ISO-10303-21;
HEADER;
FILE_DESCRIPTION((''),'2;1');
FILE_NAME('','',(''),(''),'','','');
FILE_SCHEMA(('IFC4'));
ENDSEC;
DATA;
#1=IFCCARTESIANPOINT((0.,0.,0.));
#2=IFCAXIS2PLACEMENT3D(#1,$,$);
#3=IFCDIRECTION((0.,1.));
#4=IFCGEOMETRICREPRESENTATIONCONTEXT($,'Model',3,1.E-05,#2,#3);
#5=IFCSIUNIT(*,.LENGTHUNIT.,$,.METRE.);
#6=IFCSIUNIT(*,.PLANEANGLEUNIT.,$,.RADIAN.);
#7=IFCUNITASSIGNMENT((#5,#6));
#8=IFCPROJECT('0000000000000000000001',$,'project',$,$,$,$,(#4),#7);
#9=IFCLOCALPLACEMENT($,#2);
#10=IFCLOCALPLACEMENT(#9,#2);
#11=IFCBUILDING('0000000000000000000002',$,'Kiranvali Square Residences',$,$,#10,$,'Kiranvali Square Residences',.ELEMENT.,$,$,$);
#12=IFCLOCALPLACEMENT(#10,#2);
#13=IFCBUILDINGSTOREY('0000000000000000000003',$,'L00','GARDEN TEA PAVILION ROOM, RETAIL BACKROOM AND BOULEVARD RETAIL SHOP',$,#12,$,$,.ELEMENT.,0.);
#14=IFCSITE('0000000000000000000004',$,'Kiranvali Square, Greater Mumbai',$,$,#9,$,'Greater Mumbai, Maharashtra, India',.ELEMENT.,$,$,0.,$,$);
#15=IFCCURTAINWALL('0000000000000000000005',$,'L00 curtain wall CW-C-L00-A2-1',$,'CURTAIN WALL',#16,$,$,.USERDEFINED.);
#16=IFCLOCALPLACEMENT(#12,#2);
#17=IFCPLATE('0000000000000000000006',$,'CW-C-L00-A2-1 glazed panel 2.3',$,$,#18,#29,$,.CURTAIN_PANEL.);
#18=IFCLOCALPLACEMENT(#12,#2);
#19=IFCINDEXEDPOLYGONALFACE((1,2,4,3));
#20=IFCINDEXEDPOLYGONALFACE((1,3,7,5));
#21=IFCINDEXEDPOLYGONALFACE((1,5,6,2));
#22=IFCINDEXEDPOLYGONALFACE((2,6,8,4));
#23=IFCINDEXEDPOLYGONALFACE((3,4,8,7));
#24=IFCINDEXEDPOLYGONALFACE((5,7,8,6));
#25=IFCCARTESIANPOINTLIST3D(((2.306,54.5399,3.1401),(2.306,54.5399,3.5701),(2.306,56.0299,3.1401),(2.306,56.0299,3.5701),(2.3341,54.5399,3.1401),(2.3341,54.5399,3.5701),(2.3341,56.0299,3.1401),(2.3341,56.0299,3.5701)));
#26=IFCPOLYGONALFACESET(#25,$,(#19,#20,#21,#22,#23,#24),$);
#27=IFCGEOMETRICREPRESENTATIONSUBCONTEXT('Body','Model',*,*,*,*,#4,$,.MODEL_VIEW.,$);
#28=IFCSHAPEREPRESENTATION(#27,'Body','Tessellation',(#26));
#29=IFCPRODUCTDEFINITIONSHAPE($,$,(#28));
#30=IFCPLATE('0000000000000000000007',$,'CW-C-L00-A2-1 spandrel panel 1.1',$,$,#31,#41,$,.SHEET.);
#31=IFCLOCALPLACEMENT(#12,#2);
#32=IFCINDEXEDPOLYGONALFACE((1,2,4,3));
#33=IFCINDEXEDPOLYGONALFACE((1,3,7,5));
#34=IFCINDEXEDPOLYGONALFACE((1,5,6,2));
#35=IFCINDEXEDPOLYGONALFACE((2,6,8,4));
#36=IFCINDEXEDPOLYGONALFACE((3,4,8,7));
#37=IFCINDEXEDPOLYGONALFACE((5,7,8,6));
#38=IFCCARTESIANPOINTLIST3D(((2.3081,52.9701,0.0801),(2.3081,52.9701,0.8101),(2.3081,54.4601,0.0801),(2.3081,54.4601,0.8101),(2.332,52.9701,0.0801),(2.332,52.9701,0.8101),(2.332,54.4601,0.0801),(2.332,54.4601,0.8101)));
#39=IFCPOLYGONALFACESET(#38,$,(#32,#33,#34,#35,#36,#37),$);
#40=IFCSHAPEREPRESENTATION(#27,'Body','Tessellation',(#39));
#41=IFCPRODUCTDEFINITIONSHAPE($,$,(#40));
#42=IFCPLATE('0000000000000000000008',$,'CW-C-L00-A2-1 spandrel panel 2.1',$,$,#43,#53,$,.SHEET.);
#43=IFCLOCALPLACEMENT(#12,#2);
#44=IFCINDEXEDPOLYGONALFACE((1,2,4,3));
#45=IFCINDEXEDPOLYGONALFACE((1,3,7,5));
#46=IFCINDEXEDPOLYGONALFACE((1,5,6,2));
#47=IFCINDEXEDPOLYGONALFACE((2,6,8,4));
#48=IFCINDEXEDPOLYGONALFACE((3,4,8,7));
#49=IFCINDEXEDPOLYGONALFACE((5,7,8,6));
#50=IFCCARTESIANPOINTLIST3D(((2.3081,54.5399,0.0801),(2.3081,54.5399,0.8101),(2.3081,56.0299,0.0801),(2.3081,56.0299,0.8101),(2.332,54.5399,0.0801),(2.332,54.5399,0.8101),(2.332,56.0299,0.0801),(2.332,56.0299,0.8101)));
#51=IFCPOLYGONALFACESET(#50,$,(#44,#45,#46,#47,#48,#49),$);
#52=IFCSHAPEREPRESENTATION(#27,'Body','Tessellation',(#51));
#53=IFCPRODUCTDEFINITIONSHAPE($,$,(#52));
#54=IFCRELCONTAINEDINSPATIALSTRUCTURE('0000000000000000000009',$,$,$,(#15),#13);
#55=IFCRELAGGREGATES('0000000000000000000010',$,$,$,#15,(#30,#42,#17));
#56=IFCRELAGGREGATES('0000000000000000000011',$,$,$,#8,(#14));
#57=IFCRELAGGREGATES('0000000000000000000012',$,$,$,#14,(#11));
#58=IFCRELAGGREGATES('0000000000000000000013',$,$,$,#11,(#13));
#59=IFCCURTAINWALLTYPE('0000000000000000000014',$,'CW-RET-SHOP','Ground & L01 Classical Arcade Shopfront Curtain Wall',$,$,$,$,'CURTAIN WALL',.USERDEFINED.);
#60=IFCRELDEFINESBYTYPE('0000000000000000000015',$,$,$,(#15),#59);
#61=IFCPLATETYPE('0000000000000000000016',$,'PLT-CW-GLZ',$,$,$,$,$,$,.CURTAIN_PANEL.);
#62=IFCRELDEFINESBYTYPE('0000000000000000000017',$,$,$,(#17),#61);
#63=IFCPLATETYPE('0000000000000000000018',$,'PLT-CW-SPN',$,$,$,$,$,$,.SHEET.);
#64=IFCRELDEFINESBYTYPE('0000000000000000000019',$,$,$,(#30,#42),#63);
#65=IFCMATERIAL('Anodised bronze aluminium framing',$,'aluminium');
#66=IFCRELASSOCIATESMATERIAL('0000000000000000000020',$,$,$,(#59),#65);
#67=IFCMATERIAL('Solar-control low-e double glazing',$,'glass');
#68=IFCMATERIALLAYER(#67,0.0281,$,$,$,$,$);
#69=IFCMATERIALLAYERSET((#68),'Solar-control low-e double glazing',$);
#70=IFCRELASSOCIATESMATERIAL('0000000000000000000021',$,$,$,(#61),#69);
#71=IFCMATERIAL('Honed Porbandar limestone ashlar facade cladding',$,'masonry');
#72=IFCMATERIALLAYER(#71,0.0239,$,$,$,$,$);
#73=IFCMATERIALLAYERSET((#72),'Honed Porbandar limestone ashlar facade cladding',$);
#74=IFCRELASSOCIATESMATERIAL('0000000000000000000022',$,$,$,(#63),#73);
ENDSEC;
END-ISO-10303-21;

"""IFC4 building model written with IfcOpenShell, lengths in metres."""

from ifc_helpers import new_model, si_unit, direction, frame, origin, origin_2d, place, context, subcontext, project, spatial, rectangle, extrude, material, layer, layer_set, type_object, element, aggregate, save


model = new_model("IFC4")

# Units and contexts
model_context = context("Model", 3, precision=1e-05, world=origin(), true_north=direction((0.0, 1.0)))
body_context = subcontext(model_context, "Body", "Model", "MODEL_VIEW")
ifc_project = project(units=[si_unit("LENGTHUNIT", "METRE"), si_unit("PLANEANGLEUNIT", "RADIAN")], contexts=[model_context])

# Site, building, storey
site_placement = place(None, origin())
site = spatial("IfcSite", under=ifc_project, at=site_placement, Name="Kiranvali Square, Greater Mumbai", LongName="Greater Mumbai, Maharashtra, India", CompositionType="ELEMENT", RefElevation=0.0)
building_placement = place(site_placement, origin())
building = spatial("IfcBuilding", under=site, at=building_placement, Name="Kiranvali Square Residences", LongName="Kiranvali Square Residences", CompositionType="ELEMENT")
storey_placement = place(building_placement, origin())
storey = spatial("IfcBuildingStorey", under=building, at=storey_placement, Name="L00", Description="GARDEN TEA PAVILION ROOM, RETAIL BACKROOM AND BOULEVARD RETAIL SHOP", CompositionType="ELEMENT", Elevation=0.0)

# Curtain wall
ifc_material_1 = material(Name="Anodised bronze aluminium framing", Category="aluminium")
curtain_wall_type = type_object("IfcCurtainWallType", Name="CW-RET-SHOP", Description="Ground & L01 Classical Arcade Shopfront Curtain Wall", ElementType="CURTAIN WALL", PredefinedType="USERDEFINED", material=ifc_material_1)
curtain_wall_placement = place(storey_placement, origin())
curtain_wall = element("IfcCurtainWall", 1, at=curtain_wall_placement, inside=storey, type_object=curtain_wall_type, Name="L00 curtain wall CW-C-L00-A2-1", ObjectType="CURTAIN WALL", PredefinedType="USERDEFINED")

# Plates
ifc_material_2 = material(Name="Solar-control low-e double glazing", Category="glass")
ifc_layer_1 = layer(ifc_material_2, 0.0281)
ifc_layer_set_1 = layer_set([ifc_layer_1], Name="Solar-control low-e double glazing")
plate_type_1 = type_object("IfcPlateType", Name="PLT-CW-GLZ", PredefinedType="CURTAIN_PANEL", material=ifc_layer_set_1)
plate_1_placement = place(storey_placement, frame((2.3201, 55.2849, 3.1401), z_axis=(0.0, 0.0, 1.0), x_axis=(0.0, 1.0, 0.0)))
plate_1 = element("IfcPlate", 2, at=plate_1_placement, type_object=plate_type_1, Name="CW-C-L00-A2-1 glazed panel 2.3", PredefinedType="CURTAIN_PANEL", context=body_context, shape_type="SweptSolid", body=[
    extrude(rectangle(XDim=1.49, YDim=0.0281, at=origin_2d()), origin(), (0.0, 0.0, 1.0), 0.4299),
])
ifc_material_3 = material(Name="Honed Porbandar limestone ashlar facade cladding", Category="masonry")
ifc_layer_2 = layer(ifc_material_3, 0.0239)
ifc_layer_set_2 = layer_set([ifc_layer_2], Name="Honed Porbandar limestone ashlar facade cladding")
plate_type_2 = type_object("IfcPlateType", Name="PLT-CW-SPN", PredefinedType="SHEET", material=ifc_layer_set_2)
plate_2_placement = place(storey_placement, frame((2.3201, 53.7151, 0.0801), z_axis=(0.0, 0.0, 1.0), x_axis=(0.0, 1.0, 0.0)))
plate_2 = element("IfcPlate", 3, at=plate_2_placement, type_object=plate_type_2, Name="CW-C-L00-A2-1 spandrel panel 1.1", PredefinedType="SHEET", context=body_context, shape_type="SweptSolid", body=[
    extrude(rectangle(XDim=1.49, YDim=0.0239, at=origin_2d()), origin(), (0.0, 0.0, 1.0), 0.73),
])
plate_3_placement = place(storey_placement, frame((2.3201, 55.2849, 0.0801), z_axis=(0.0, 0.0, 1.0), x_axis=(0.0, 1.0, 0.0)))
plate_3 = element("IfcPlate", 4, at=plate_3_placement, type_object=plate_type_2, Name="CW-C-L00-A2-1 spandrel panel 2.1", PredefinedType="SHEET", context=body_context, shape_type="SweptSolid", body=[
    extrude(rectangle(XDim=1.49, YDim=0.0239, at=origin_2d()), origin(), (0.0, 0.0, 1.0), 0.73),
])
aggregate(curtain_wall, [plate_2, plate_3, plate_1])

save(model, "model.ifc")
